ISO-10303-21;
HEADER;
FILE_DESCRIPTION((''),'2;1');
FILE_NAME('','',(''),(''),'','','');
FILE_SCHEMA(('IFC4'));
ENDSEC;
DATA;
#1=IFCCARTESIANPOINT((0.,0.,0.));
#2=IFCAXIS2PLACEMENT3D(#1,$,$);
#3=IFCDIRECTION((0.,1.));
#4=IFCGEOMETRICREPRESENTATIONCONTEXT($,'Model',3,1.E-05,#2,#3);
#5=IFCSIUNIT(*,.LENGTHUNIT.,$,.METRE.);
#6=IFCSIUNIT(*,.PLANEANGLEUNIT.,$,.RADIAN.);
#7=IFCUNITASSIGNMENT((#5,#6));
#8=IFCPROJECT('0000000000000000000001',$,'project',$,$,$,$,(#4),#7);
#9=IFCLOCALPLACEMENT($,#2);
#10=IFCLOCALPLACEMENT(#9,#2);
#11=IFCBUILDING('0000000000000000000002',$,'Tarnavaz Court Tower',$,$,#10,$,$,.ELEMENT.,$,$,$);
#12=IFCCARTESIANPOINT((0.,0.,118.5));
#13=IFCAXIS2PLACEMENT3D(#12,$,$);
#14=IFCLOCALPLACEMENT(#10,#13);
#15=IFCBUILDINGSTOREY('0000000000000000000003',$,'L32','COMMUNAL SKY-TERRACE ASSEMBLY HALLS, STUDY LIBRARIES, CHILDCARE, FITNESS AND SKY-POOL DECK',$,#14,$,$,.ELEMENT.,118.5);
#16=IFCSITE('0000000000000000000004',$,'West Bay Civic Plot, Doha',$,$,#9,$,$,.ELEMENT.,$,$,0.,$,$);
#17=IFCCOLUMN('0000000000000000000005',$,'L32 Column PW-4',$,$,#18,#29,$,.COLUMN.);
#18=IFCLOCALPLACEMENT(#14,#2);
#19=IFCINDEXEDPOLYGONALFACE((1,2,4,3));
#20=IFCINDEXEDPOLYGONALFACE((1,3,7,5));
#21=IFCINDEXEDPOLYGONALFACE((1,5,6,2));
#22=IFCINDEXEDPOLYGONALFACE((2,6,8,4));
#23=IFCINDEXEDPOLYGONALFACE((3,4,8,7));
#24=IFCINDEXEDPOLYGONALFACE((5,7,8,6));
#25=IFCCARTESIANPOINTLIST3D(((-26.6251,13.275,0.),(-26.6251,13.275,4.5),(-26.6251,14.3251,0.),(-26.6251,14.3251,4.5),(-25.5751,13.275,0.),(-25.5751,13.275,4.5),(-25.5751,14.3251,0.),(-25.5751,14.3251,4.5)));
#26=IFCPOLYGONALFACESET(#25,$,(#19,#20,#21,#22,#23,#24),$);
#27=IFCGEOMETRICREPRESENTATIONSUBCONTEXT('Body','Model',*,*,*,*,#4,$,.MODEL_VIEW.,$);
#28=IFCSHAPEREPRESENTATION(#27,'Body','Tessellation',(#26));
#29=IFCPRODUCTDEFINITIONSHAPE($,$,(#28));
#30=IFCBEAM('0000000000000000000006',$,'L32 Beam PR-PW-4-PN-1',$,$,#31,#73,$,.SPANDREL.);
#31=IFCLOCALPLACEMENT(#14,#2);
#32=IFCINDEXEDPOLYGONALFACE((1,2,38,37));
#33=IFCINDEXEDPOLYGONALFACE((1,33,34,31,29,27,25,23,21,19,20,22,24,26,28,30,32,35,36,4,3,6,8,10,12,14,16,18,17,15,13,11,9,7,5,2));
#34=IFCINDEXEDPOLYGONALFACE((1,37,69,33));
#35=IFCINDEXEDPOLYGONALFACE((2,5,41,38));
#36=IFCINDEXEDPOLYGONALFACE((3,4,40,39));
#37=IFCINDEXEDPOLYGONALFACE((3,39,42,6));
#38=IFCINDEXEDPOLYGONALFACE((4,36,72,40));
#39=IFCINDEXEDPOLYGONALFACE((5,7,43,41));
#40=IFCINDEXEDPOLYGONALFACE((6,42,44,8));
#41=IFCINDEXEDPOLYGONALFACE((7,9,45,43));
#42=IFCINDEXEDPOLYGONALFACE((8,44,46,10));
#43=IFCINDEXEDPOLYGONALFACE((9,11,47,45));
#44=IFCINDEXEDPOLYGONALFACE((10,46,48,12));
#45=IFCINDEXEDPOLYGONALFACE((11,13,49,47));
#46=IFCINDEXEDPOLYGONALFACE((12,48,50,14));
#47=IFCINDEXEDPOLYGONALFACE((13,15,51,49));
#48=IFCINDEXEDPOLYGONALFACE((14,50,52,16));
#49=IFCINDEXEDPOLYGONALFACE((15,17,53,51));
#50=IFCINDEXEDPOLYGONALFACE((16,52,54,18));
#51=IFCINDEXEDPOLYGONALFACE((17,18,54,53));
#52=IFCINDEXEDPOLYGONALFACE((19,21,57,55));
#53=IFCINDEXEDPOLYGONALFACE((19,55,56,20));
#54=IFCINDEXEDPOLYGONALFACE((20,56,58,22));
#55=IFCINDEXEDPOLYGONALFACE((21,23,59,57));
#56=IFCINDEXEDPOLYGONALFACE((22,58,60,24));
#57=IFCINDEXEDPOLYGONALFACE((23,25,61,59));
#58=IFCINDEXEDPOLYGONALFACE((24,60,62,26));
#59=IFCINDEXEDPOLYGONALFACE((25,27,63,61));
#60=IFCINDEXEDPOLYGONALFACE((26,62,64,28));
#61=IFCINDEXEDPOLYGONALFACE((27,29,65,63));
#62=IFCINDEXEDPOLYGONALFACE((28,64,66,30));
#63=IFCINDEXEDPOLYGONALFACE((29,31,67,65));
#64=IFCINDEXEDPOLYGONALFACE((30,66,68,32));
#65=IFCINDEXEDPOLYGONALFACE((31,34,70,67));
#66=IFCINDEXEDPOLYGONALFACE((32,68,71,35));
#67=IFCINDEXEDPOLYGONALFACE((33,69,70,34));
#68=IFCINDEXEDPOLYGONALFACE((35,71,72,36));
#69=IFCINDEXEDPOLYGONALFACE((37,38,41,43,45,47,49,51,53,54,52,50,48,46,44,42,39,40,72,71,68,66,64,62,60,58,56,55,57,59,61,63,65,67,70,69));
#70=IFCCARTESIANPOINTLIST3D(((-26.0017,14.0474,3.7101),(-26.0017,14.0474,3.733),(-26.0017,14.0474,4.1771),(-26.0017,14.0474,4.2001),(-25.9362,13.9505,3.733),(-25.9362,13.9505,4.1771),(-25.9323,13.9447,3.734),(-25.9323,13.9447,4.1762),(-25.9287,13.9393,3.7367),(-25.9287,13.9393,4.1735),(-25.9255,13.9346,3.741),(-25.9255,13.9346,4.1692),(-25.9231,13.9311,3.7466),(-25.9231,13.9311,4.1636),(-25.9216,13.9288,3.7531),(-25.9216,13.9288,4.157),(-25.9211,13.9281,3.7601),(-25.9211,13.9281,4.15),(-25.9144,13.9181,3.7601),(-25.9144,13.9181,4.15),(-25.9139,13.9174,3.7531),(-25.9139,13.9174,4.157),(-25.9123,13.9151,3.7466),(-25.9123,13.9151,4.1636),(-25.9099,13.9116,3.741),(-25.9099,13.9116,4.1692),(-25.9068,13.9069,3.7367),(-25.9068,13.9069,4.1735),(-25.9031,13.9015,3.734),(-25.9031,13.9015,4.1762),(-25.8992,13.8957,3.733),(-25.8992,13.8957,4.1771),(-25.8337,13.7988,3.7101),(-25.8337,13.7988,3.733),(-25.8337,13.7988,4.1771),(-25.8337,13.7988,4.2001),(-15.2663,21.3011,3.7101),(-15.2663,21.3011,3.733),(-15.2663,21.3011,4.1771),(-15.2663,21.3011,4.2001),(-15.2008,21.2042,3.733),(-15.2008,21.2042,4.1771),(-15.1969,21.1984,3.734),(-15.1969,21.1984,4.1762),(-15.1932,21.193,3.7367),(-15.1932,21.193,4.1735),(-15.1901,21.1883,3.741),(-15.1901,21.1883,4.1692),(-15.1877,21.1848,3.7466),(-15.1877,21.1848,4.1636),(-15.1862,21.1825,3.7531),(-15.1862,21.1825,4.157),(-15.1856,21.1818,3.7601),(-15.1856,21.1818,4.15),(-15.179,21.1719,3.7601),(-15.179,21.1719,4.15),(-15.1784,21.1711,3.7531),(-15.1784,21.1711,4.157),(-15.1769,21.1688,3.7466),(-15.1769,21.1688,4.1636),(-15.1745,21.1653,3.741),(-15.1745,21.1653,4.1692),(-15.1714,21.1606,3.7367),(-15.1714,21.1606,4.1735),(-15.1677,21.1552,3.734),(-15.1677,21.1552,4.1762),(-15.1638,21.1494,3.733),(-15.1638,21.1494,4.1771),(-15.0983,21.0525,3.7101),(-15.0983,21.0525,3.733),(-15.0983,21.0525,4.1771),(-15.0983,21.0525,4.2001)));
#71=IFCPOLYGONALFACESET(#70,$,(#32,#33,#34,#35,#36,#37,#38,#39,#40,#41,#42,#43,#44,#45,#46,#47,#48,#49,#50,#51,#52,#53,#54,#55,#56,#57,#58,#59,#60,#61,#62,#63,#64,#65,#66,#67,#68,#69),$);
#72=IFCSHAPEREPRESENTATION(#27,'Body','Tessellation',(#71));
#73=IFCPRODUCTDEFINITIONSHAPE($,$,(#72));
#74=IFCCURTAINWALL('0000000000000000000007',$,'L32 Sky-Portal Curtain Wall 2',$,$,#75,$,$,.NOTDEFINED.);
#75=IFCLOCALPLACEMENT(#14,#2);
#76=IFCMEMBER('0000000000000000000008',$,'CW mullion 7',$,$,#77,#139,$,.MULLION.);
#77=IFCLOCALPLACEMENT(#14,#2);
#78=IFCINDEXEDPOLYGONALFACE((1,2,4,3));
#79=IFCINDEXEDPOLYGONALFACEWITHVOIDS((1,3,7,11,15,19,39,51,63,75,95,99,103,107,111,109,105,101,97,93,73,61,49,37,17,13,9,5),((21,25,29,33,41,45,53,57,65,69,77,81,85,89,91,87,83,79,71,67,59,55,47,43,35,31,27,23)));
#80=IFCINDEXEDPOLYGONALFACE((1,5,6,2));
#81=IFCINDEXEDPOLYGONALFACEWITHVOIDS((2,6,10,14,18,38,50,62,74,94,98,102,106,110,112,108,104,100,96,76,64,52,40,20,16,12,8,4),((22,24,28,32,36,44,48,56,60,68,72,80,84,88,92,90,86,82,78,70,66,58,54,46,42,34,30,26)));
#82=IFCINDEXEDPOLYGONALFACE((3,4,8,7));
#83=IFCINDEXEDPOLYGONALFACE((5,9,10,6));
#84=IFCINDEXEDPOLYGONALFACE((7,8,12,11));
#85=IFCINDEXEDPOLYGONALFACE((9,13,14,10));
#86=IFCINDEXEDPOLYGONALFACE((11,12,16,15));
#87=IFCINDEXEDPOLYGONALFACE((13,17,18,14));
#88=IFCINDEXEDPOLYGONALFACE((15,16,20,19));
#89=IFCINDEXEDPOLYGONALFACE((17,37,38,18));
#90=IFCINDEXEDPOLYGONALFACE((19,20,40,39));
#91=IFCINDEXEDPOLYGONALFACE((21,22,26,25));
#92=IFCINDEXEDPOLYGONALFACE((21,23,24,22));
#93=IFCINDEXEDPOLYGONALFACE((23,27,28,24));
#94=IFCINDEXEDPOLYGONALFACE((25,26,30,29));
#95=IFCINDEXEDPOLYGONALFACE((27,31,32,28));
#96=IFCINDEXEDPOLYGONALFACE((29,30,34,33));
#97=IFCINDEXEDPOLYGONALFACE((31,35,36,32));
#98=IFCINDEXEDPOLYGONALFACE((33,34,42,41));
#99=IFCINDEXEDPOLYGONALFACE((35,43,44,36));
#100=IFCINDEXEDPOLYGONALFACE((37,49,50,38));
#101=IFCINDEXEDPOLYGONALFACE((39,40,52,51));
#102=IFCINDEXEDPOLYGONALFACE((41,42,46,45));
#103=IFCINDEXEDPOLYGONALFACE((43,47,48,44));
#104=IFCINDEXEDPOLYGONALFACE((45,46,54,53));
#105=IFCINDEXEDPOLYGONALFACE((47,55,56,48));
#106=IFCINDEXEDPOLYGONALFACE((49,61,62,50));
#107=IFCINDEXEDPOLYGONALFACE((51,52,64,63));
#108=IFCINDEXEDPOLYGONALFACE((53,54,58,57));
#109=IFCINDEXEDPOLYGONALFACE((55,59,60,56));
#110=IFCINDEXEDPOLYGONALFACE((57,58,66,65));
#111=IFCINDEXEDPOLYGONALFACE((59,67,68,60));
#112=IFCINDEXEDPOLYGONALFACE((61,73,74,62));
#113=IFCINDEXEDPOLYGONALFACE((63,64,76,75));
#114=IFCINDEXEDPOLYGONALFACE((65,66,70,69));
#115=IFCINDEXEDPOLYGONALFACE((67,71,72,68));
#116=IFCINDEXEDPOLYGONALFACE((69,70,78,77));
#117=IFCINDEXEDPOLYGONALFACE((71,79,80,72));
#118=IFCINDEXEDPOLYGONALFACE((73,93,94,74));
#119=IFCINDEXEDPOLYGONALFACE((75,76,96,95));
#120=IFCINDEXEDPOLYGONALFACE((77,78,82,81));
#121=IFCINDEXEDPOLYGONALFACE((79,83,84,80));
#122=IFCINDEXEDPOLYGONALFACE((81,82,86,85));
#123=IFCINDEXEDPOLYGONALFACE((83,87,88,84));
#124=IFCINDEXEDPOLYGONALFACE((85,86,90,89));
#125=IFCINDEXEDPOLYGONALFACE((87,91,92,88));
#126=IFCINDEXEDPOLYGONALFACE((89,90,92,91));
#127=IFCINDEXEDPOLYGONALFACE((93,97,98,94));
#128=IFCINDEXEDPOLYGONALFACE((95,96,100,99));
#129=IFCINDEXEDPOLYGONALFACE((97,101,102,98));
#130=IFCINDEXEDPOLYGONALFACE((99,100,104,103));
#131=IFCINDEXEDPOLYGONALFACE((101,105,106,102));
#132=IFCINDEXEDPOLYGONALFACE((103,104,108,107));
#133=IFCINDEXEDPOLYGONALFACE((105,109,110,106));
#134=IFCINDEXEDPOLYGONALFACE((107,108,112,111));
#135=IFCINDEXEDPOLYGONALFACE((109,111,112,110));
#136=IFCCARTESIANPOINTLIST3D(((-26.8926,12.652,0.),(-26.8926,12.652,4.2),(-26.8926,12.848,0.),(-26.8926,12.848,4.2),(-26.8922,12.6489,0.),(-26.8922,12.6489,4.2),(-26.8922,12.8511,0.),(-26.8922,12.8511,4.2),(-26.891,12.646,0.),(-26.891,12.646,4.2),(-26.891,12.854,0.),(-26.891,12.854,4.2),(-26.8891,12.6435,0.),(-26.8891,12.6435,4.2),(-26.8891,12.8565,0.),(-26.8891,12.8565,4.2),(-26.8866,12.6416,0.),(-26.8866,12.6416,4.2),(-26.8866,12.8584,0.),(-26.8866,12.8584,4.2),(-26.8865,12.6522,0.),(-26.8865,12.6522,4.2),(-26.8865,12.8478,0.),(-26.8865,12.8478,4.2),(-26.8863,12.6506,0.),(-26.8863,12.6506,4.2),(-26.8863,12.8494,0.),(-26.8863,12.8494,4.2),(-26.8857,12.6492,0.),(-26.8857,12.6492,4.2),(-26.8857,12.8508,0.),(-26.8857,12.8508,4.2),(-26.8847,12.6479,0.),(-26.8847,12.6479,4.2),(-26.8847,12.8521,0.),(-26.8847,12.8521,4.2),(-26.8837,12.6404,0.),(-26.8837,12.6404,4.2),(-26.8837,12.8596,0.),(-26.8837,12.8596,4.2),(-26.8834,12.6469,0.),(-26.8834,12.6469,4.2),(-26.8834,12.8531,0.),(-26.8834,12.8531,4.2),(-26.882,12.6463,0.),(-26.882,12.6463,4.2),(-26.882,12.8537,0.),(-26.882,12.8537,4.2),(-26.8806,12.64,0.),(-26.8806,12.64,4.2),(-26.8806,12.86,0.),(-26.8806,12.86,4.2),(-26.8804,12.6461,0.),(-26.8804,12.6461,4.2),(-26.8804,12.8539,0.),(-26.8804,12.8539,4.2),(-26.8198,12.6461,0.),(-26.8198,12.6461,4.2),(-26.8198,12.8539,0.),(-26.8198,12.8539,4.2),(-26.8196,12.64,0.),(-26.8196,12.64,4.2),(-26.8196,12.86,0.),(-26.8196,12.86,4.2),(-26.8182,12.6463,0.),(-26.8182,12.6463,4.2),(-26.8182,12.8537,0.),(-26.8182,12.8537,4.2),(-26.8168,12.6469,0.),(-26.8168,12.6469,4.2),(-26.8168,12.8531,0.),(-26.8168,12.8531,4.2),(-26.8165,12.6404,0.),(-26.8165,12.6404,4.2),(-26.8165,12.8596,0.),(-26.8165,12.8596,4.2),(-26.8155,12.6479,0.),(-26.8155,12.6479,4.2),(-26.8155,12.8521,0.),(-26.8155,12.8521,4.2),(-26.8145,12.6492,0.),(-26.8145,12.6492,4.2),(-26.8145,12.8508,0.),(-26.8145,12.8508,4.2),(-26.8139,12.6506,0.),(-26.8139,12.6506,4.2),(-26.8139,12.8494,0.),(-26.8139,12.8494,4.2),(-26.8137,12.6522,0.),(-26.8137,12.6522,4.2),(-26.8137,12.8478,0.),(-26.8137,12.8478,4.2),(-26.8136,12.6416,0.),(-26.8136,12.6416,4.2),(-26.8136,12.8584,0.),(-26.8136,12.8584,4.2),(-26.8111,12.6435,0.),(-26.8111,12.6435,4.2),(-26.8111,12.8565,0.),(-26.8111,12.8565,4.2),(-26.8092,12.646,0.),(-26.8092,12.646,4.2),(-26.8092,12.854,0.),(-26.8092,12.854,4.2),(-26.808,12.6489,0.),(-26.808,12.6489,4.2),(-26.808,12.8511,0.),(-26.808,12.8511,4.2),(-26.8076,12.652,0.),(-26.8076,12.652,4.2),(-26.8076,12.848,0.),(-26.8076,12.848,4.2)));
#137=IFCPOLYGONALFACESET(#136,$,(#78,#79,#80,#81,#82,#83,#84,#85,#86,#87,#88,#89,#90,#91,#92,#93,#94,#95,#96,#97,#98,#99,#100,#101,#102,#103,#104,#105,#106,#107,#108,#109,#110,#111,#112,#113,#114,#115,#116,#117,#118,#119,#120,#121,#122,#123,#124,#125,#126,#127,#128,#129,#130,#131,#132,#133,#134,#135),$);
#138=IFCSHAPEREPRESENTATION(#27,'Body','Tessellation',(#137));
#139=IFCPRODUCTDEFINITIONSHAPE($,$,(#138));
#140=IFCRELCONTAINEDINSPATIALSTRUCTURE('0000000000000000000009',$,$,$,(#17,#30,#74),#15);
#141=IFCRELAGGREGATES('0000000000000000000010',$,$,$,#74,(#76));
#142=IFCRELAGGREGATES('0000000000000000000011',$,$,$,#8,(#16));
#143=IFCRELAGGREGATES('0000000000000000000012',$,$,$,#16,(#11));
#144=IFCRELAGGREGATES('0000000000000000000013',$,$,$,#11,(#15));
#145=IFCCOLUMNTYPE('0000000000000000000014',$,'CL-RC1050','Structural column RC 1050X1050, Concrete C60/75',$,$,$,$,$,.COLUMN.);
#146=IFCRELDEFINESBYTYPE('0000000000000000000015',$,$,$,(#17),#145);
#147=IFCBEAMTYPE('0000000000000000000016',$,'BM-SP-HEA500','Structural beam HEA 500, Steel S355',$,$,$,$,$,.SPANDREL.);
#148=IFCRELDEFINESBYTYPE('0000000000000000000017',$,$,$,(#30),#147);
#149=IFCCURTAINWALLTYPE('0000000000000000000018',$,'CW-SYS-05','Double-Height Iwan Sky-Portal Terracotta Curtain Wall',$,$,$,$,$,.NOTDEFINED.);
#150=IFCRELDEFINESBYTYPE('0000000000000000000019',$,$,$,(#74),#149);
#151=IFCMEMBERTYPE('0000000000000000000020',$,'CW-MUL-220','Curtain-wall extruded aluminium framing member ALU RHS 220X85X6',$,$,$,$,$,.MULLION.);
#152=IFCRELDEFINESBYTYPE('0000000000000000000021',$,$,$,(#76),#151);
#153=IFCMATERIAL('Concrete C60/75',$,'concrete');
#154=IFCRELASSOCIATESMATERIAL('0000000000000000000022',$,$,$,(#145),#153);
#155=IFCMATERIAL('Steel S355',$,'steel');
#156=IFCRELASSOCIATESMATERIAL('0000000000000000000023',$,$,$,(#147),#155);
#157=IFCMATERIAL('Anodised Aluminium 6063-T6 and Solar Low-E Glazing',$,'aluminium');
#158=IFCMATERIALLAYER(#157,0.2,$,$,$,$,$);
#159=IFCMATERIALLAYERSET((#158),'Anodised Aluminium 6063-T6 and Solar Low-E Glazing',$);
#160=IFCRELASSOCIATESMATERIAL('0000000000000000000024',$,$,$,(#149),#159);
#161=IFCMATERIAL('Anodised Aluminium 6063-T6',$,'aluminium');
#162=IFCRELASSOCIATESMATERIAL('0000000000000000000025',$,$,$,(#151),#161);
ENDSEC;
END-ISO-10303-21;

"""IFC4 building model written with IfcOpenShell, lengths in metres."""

from ifc_helpers import new_model, si_unit, direction, frame, origin, origin_2d, place, context, subcontext, project, spatial, rectangle, hollow_rectangle, i_section, extrude, material, layer, layer_set, material_profile, profile_set, type_object, element, aggregate, save


model = new_model("IFC4")

# Units and contexts
model_context = context("Model", 3, precision=1e-05, world=origin(), true_north=direction((0.0, 1.0)))
body_context = subcontext(model_context, "Body", "Model", "MODEL_VIEW")
ifc_project = project(units=[si_unit("LENGTHUNIT", "METRE"), si_unit("PLANEANGLEUNIT", "RADIAN")], contexts=[model_context])

# Site, building, storey
site_placement = place(None, origin())
site = spatial("IfcSite", under=ifc_project, at=site_placement, Name="West Bay Civic Plot, Doha", CompositionType="ELEMENT", RefElevation=0.0)
building_placement = place(site_placement, origin())
building = spatial("IfcBuilding", under=site, at=building_placement, Name="Tarnavaz Court Tower", CompositionType="ELEMENT")
storey_placement = place(building_placement, frame((0.0, 0.0, 118.5)))
storey = spatial("IfcBuildingStorey", under=building, at=storey_placement, Name="L32", Description="COMMUNAL SKY-TERRACE ASSEMBLY HALLS, STUDY LIBRARIES, CHILDCARE, FITNESS AND SKY-POOL DECK", CompositionType="ELEMENT", Elevation=118.5)

# Column
ifc_material_1 = material(Name="Concrete C60/75", Category="concrete")
ifc_material_profile_1 = material_profile(ifc_material_1, rectangle(XDim=1.05, YDim=1.05, at=origin_2d()), Name="RC 1050X1050")
ifc_profile_set_1 = profile_set([ifc_material_profile_1], Name="Concrete C60/75")
column_type = type_object("IfcColumnType", Name="CL-RC1050", Description="Structural column RC 1050X1050, Concrete C60/75", PredefinedType="COLUMN", material=ifc_profile_set_1)
column_placement = place(storey_placement, frame((-26.1001, 13.8, 0.0), z_axis=(0.0, 0.0, 1.0), x_axis=(1.0, 0.0, 0.0)))
element("IfcColumn", 1, at=column_placement, inside=storey, type_object=column_type, Name="L32 Column PW-4", PredefinedType="COLUMN", context=body_context, shape_type="SweptSolid", body=[
    extrude(rectangle(XDim=1.05, YDim=1.05, at=origin_2d()), origin(), (0.0, 0.0, 1.0), 4.5),
])

# Beam
ifc_material_2 = material(Name="Steel S355", Category="steel")
ifc_material_profile_2 = material_profile(ifc_material_2, i_section(OverallWidth=0.3, OverallDepth=0.49, WebThickness=0.012, FlangeThickness=0.0229, FilletRadius=0.0271, at=origin_2d()), Name="HEA 500")
ifc_profile_set_2 = profile_set([ifc_material_profile_2], Name="Steel S355")
beam_type = type_object("IfcBeamType", Name="BM-SP-HEA500", Description="Structural beam HEA 500, Steel S355", PredefinedType="SPANDREL", material=ifc_profile_set_2)
beam_placement = place(storey_placement, frame((-25.9177, 13.9231, 3.9551), z_axis=(0.828587, 0.55986, 0.0), x_axis=(-0.55986, 0.828587, 0.0)))
element("IfcBeam", 2, at=beam_placement, inside=storey, type_object=beam_type, Name="L32 Beam PR-PW-4-PN-1", PredefinedType="SPANDREL", context=body_context, shape_type="SweptSolid", body=[
    extrude(i_section(OverallWidth=0.3, OverallDepth=0.49, WebThickness=0.012, FlangeThickness=0.0229, FilletRadius=0.0271, at=origin_2d()), origin(), (0.0, 0.0, 1.0), 12.9563),
])

# Curtain wall, member
ifc_material_3 = material(Name="Anodised Aluminium 6063-T6 and Solar Low-E Glazing", Category="aluminium")
ifc_layer_1 = layer(ifc_material_3, 0.2)
ifc_layer_set_1 = layer_set([ifc_layer_1], Name="Anodised Aluminium 6063-T6 and Solar Low-E Glazing")
curtain_wall_type = type_object("IfcCurtainWallType", Name="CW-SYS-05", Description="Double-Height Iwan Sky-Portal Terracotta Curtain Wall", PredefinedType="NOTDEFINED", material=ifc_layer_set_1)
curtain_wall_placement = place(storey_placement, origin())
curtain_wall = element("IfcCurtainWall", 3, at=curtain_wall_placement, inside=storey, type_object=curtain_wall_type, Name="L32 Sky-Portal Curtain Wall 2", PredefinedType="NOTDEFINED")
ifc_material_4 = material(Name="Anodised Aluminium 6063-T6", Category="aluminium")
ifc_material_profile_3 = material_profile(ifc_material_4, hollow_rectangle(XDim=0.085, YDim=0.22, WallThickness=0.0061, InnerFilletRadius=0.0061, OuterFilletRadius=0.012, at=origin_2d()), Name="ALU RHS 220X85X6")
ifc_profile_set_3 = profile_set([ifc_material_profile_3], Name="Anodised Aluminium 6063-T6")
member_type_1 = type_object("IfcMemberType", Name="CW-MUL-220", Description="Curtain-wall extruded aluminium framing member ALU RHS 220X85X6", PredefinedType="MULLION", material=ifc_profile_set_3)
member_1_placement = place(storey_placement, frame((-26.8501, 12.75, 0.0), z_axis=(0.0, 0.0, 1.0), x_axis=(-1.0, 0.0, 0.0)))
member_1 = element("IfcMember", 4, at=member_1_placement, type_object=member_type_1, Name="CW mullion 7", PredefinedType="MULLION", context=body_context, shape_type="SweptSolid", body=[
    extrude(hollow_rectangle(XDim=0.085, YDim=0.22, WallThickness=0.0061, InnerFilletRadius=0.0061, OuterFilletRadius=0.012, at=origin_2d()), origin(), (0.0, 0.0, 1.0), 4.2),
])
aggregate(curtain_wall, [member_1])

save(model, "model.ifc")
